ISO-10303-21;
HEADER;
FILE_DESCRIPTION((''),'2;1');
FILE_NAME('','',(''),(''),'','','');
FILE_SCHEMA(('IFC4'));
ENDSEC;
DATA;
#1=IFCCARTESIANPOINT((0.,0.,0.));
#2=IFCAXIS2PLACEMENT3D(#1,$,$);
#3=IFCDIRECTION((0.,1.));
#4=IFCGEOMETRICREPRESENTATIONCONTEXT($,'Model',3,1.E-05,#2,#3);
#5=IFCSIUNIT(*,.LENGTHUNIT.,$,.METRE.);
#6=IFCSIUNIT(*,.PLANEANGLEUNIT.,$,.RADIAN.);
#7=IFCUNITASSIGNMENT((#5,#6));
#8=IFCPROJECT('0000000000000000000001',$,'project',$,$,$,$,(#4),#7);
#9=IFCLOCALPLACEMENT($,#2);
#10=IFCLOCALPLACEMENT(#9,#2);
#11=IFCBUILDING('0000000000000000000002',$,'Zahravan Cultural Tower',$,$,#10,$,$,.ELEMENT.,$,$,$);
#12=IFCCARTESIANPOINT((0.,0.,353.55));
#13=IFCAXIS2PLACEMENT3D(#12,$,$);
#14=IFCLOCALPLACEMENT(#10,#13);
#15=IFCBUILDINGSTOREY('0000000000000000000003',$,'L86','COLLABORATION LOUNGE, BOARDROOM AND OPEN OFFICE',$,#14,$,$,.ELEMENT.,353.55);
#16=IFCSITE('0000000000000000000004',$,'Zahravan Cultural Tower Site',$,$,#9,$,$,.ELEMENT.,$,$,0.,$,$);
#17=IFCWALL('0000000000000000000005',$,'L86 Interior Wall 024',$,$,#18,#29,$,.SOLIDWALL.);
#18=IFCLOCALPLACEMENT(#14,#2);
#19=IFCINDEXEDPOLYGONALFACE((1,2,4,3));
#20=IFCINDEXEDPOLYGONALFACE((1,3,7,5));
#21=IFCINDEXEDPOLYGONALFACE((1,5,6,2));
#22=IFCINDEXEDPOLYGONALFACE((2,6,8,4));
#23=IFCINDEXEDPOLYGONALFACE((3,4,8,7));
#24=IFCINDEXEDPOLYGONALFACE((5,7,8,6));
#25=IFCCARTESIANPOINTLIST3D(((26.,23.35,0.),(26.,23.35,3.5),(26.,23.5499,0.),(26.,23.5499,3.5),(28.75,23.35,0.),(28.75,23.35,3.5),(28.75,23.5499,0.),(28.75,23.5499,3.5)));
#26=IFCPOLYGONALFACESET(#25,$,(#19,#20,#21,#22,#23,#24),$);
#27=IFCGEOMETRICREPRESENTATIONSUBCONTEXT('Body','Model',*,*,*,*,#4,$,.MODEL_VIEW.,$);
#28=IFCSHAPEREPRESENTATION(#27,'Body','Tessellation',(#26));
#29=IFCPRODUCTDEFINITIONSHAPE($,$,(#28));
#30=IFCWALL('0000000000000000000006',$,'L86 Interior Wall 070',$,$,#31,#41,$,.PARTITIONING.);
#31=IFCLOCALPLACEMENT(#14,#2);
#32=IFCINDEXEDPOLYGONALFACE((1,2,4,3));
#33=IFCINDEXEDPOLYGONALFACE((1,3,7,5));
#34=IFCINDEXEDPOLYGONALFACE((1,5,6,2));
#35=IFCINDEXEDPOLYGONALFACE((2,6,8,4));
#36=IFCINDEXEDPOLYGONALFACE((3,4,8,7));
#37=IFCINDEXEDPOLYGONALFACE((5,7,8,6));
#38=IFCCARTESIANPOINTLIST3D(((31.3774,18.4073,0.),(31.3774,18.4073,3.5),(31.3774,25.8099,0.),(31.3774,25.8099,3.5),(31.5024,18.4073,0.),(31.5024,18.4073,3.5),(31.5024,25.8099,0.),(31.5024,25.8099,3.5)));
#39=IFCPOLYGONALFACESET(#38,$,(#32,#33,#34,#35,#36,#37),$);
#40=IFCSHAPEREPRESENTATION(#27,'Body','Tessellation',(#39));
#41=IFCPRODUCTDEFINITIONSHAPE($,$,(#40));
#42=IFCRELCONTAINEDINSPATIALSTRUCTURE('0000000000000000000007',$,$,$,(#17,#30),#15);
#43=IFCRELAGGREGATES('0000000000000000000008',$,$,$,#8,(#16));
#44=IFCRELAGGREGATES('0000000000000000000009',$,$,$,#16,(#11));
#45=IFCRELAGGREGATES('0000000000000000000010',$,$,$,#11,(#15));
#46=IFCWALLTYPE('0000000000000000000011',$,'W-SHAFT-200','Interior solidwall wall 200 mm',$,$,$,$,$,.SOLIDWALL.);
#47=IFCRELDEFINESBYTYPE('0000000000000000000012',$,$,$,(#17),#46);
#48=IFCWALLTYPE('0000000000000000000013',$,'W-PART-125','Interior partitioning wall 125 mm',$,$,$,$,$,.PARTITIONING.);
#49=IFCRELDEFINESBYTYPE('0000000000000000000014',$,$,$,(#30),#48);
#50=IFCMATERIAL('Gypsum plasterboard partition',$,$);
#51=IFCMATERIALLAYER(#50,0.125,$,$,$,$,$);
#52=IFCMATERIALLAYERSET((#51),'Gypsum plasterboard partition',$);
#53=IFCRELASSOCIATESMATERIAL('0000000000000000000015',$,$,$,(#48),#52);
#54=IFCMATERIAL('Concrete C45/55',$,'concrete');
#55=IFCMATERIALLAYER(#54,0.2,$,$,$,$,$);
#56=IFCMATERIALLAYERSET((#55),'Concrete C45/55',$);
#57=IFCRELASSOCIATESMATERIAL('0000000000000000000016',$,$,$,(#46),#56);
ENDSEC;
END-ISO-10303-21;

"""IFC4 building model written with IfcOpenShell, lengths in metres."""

from ifc_helpers import new_model, si_unit, direction, frame, frame_2d, origin, place, context, subcontext, project, spatial, rectangle, extrude, source, transform, mapped, material, layer, layer_set, type_object, element, save


model = new_model("IFC4")

# Units and contexts
model_context = context("Model", 3, precision=1e-05, world=origin(), true_north=direction((0.0, 1.0)))
body_context = subcontext(model_context, "Body", "Model", "MODEL_VIEW")
ifc_project = project(units=[si_unit("LENGTHUNIT", "METRE"), si_unit("PLANEANGLEUNIT", "RADIAN")], contexts=[model_context])

# Site, building, storey
site_placement = place(None, origin())
site = spatial("IfcSite", under=ifc_project, at=site_placement, Name="Zahravan Cultural Tower Site", CompositionType="ELEMENT", RefElevation=0.0)
building_placement = place(site_placement, origin())
building = spatial("IfcBuilding", under=site, at=building_placement, Name="Zahravan Cultural Tower", CompositionType="ELEMENT")
storey_placement = place(building_placement, frame((0.0, 0.0, 353.55)))
storey = spatial("IfcBuildingStorey", under=building, at=storey_placement, Name="L86", Description="COLLABORATION LOUNGE, BOARDROOM AND OPEN OFFICE", CompositionType="ELEMENT", Elevation=353.55)

# Shared definitions
ifc_material_1 = material(Name="Gypsum plasterboard partition")
ifc_layer_1 = layer(ifc_material_1, 0.125)
ifc_layer_set_1 = layer_set([ifc_layer_1], Name="Gypsum plasterboard partition")
wall_type_1 = type_object("IfcWallType", Name="W-PART-125", Description="Interior partitioning wall 125 mm", PredefinedType="PARTITIONING", material=ifc_layer_set_1)

# Shared definitions
ifc_material_2 = material(Name="Concrete C45/55", Category="concrete")
ifc_layer_2 = layer(ifc_material_2, 0.2)
ifc_layer_set_2 = layer_set([ifc_layer_2], Name="Concrete C45/55")
wall_type_2 = type_object("IfcWallType", Name="W-SHAFT-200", Description="Interior solidwall wall 200 mm", PredefinedType="SOLIDWALL", material=ifc_layer_set_2)

# Walls
shared_shape_1 = source(origin(), body_context, "Body", "SweptSolid", [
    extrude(rectangle(XDim=2.75, YDim=0.2, at=frame_2d((1.375, 0.0))), origin(), (0.0, 0.0, 1.0), 3.5),
])
wall_1_placement = place(storey_placement, frame((26.0, 23.45, 0.0), z_axis=(0.0, 0.0, 1.0), x_axis=(1.0, 0.0, 0.0)))
element("IfcWall", 1, at=wall_1_placement, inside=storey, type_object=wall_type_2, Name="L86 Interior Wall 024", PredefinedType="SOLIDWALL", context=body_context, shape_type="MappedRepresentation", body=[
    mapped(shared_shape_1, transform((0.0, 0.0, 0.0), x_axis=(1.0, 0.0, 0.0), y_axis=(0.0, 1.0, 0.0), z_axis=(0.0, 0.0, 1.0), scale=1.0)),
])
shared_shape_2 = source(origin(), body_context, "Body", "SweptSolid", [
    extrude(rectangle(XDim=7.4026, YDim=0.125, at=frame_2d((3.7012, 0.0))), origin(), (0.0, 0.0, 1.0), 3.5),
])
wall_2_placement = place(storey_placement, frame((31.4399, 18.4075, 0.0), z_axis=(0.0, 0.0, 1.0), x_axis=(0.0, 1.0, 0.0)))
element("IfcWall", 2, at=wall_2_placement, inside=storey, type_object=wall_type_1, Name="L86 Interior Wall 070", PredefinedType="PARTITIONING", context=body_context, shape_type="MappedRepresentation", body=[
    mapped(shared_shape_2, transform((0.0, 0.0, 0.0), x_axis=(1.0, 0.0, 0.0), y_axis=(0.0, 1.0, 0.0), z_axis=(0.0, 0.0, 1.0), scale=1.0)),
])

save(model, "model.ifc")
